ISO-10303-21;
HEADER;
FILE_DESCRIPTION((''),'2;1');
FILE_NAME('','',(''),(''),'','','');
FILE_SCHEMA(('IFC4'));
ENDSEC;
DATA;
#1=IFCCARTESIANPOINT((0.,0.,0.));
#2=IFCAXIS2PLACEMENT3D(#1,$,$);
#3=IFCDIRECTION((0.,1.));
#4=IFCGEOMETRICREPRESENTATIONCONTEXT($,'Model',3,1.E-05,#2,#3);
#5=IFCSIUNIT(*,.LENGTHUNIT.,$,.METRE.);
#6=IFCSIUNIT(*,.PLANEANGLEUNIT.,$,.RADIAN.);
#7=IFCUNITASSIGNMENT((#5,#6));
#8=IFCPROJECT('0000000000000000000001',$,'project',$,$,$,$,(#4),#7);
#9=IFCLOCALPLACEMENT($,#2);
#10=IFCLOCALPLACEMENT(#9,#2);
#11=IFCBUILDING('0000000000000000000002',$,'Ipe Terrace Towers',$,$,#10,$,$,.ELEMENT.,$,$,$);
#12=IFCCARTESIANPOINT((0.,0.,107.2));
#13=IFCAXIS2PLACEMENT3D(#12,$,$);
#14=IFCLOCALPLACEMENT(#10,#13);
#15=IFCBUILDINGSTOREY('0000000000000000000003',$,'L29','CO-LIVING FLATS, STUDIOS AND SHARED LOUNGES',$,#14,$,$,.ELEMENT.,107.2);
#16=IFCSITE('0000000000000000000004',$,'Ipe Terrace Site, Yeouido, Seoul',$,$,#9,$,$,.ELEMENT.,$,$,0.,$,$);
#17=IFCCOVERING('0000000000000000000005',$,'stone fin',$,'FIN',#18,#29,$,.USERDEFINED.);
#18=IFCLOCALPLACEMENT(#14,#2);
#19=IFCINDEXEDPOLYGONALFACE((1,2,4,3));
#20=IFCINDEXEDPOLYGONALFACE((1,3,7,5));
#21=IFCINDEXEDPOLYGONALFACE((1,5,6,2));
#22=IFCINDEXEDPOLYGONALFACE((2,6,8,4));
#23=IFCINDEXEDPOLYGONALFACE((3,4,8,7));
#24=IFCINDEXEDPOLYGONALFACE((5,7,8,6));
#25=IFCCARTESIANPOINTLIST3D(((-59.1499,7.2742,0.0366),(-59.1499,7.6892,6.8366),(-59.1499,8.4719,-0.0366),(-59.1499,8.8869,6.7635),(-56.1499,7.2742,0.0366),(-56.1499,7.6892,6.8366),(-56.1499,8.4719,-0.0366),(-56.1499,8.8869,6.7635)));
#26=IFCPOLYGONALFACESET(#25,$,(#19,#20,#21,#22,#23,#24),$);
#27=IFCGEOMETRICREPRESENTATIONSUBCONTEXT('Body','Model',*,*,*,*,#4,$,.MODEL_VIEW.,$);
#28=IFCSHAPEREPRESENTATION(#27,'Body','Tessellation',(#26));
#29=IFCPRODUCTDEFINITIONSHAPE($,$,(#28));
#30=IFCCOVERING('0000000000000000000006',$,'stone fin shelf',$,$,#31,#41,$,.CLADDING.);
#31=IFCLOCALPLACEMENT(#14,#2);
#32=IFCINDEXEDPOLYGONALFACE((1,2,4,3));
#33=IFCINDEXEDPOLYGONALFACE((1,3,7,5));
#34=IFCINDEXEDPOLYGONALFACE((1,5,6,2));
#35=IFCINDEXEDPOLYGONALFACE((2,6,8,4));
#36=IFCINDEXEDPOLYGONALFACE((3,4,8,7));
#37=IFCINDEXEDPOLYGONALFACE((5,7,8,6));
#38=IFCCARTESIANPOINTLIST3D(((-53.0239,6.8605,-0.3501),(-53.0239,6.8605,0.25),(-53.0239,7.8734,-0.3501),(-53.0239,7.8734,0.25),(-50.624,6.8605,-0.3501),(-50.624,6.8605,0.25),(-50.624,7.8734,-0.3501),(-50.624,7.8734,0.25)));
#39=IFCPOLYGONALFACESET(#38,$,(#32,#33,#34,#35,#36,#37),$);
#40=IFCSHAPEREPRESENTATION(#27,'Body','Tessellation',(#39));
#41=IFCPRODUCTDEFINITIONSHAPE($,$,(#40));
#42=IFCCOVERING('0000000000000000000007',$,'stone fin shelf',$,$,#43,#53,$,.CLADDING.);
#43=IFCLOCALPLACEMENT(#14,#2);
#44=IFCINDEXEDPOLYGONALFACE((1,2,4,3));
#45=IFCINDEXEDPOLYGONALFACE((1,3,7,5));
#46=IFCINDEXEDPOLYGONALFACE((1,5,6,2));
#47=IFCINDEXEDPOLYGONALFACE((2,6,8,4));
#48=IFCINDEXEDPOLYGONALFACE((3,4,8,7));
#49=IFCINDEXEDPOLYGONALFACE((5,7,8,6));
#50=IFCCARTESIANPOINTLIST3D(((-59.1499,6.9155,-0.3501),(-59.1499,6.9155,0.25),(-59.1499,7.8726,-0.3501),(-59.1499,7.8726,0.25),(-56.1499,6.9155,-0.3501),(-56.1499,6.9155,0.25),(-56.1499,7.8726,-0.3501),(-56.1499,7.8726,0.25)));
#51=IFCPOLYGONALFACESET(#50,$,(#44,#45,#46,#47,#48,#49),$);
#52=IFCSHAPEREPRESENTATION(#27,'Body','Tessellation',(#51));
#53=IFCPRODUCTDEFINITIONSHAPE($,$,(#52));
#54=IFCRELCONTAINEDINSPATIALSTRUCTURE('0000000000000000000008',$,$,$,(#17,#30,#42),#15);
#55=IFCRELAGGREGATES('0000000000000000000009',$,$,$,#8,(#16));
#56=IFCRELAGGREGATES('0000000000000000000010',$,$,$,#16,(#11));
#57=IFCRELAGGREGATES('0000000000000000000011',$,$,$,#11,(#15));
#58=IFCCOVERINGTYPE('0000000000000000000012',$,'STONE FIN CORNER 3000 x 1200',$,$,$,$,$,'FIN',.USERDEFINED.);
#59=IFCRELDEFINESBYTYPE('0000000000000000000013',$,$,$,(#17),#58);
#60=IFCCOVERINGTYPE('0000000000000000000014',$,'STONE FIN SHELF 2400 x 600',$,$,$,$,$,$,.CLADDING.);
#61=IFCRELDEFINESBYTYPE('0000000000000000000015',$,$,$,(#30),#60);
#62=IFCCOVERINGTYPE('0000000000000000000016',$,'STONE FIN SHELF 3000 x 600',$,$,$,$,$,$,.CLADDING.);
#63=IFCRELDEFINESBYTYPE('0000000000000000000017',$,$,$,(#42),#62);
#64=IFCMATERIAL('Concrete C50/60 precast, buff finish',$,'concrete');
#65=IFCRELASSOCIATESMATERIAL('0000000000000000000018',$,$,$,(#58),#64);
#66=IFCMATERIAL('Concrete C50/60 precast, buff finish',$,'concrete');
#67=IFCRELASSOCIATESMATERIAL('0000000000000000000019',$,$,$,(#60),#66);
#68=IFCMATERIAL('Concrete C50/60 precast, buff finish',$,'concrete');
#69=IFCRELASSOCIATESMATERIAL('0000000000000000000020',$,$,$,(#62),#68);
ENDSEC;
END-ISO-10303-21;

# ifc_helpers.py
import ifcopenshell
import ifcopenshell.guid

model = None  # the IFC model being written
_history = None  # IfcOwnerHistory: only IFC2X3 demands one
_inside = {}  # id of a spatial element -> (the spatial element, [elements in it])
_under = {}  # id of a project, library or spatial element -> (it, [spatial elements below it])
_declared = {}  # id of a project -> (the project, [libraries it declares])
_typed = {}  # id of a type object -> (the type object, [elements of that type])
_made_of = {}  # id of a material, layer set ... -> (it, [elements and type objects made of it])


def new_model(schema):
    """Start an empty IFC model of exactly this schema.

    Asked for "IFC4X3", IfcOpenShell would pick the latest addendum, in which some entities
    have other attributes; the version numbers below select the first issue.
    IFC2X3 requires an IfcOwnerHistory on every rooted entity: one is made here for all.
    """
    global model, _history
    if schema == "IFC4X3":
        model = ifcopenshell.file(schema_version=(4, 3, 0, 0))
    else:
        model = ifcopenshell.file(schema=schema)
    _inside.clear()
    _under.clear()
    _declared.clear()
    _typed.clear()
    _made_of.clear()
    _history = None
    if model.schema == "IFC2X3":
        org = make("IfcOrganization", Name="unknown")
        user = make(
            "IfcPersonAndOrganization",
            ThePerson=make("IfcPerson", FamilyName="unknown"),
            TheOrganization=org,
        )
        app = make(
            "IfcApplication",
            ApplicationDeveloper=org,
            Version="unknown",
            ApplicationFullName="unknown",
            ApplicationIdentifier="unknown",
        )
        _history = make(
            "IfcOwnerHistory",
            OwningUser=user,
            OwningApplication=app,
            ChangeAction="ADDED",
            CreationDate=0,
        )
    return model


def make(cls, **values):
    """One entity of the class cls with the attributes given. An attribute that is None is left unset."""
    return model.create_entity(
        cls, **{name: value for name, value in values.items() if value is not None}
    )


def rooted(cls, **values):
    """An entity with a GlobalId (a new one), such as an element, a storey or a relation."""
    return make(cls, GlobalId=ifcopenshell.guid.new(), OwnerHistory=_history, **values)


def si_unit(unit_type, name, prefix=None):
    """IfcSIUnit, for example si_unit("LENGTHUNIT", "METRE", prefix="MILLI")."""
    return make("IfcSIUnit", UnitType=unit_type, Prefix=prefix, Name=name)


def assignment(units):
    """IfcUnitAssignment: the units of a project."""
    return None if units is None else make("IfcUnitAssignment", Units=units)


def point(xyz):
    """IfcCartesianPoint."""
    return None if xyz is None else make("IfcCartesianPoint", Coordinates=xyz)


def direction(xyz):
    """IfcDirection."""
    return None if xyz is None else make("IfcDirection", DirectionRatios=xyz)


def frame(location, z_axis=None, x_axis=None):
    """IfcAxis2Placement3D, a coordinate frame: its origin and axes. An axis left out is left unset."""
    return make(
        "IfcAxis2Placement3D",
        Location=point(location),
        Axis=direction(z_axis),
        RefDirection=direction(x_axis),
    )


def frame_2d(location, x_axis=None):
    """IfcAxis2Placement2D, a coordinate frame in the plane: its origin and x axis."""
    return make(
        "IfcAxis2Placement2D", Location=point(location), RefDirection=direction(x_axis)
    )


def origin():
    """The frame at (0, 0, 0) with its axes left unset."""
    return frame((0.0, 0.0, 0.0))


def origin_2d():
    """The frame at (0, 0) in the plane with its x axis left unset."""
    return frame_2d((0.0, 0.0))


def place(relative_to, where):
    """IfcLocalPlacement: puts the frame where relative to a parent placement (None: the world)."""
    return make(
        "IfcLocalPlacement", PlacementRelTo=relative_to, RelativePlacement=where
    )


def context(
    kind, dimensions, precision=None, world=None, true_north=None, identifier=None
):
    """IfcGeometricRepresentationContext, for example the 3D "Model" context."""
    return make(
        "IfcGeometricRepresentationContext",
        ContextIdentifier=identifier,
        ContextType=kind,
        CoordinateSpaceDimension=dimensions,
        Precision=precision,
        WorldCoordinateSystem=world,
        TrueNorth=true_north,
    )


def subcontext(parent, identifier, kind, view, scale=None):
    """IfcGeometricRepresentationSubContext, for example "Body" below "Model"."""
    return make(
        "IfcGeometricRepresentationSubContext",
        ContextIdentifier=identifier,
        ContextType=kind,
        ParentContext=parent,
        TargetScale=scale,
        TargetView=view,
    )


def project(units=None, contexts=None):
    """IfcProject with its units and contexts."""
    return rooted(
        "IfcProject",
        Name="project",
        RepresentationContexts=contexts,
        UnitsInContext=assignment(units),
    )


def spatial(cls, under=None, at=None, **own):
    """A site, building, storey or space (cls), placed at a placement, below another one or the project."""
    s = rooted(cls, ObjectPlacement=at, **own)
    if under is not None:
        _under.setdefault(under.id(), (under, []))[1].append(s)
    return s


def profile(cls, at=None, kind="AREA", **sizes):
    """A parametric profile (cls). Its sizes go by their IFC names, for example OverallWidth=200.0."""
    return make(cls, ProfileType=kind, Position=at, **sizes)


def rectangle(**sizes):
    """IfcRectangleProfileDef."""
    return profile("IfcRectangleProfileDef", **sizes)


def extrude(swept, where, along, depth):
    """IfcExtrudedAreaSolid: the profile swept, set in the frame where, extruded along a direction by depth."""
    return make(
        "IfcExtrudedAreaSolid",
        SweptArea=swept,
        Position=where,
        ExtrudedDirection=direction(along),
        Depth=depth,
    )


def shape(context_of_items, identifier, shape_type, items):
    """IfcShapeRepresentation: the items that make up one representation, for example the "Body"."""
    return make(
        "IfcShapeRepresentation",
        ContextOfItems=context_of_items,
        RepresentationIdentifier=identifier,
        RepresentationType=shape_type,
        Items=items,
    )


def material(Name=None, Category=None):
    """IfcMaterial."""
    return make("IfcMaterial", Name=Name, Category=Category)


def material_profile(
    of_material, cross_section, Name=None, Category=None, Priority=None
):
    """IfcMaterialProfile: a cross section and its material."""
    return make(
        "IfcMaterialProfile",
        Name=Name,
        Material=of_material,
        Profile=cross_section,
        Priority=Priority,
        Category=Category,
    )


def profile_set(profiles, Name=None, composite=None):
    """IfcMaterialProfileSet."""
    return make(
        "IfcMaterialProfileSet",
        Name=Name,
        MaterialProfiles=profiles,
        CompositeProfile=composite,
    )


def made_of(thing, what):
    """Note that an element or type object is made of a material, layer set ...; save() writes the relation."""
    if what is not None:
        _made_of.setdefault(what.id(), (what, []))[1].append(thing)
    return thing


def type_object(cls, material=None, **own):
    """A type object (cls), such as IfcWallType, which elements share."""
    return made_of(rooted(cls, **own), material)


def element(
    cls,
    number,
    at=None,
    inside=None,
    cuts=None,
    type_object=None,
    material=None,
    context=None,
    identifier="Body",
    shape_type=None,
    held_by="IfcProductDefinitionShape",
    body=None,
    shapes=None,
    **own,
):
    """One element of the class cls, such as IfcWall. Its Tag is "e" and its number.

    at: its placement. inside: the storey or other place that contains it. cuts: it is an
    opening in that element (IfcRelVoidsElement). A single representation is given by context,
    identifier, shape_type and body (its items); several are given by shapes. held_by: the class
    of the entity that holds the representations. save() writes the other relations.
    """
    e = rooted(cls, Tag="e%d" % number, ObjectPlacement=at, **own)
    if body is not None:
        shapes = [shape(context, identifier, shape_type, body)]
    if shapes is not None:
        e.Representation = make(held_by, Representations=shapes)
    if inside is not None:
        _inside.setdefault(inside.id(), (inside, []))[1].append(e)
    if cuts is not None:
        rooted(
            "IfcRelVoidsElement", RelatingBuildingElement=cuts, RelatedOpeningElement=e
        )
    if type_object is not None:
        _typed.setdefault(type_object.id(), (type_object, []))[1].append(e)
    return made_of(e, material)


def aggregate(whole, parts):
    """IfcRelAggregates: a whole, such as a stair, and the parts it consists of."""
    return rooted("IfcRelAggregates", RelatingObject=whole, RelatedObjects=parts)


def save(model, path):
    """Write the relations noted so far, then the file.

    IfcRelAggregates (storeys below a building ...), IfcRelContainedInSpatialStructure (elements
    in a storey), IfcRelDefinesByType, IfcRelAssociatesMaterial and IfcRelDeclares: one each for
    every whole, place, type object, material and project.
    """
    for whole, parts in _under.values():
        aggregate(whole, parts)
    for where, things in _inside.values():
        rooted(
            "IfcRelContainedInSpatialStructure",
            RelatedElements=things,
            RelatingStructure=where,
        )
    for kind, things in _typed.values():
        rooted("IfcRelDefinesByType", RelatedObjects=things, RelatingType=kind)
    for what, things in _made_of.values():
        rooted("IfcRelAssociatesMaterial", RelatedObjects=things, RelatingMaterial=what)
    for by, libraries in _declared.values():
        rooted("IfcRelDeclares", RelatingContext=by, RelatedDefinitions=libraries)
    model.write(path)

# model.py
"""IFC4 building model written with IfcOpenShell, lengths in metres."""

from ifc_helpers import new_model, si_unit, direction, frame, origin, origin_2d, place, context, subcontext, project, spatial, rectangle, extrude, material, material_profile, profile_set, type_object, element, save


model = new_model("IFC4")

# Units and contexts
model_context = context("Model", 3, precision=1e-05, world=origin(), true_north=direction((0.0, 1.0)))
body_context = subcontext(model_context, "Body", "Model", "MODEL_VIEW")
ifc_project = project(units=[si_unit("LENGTHUNIT", "METRE"), si_unit("PLANEANGLEUNIT", "RADIAN")], contexts=[model_context])

# Site, building, storey
site_placement = place(None, origin())
site = spatial("IfcSite", under=ifc_project, at=site_placement, Name="Ipe Terrace Site, Yeouido, Seoul", CompositionType="ELEMENT", RefElevation=0.0)
building_placement = place(site_placement, origin())
building = spatial("IfcBuilding", under=site, at=building_placement, Name="Ipe Terrace Towers", CompositionType="ELEMENT")
storey_placement = place(building_placement, frame((0.0, 0.0, 107.2)))
storey = spatial("IfcBuildingStorey", under=building, at=storey_placement, Name="L29", Description="CO-LIVING FLATS, STUDIOS AND SHARED LOUNGES", CompositionType="ELEMENT", Elevation=107.2)

# Coverings
ifc_material_1 = material(Name="Concrete C50/60 precast, buff finish", Category="concrete")
ifc_material_profile_1 = material_profile(ifc_material_1, rectangle(XDim=3.0, YDim=1.2, at=origin_2d()), Name="STONE FIN CORNER 3000 x 1200")
ifc_profile_set_1 = profile_set([ifc_material_profile_1], Name="Concrete C50/60 precast, buff finish")
covering_type_1 = type_object("IfcCoveringType", Name="STONE FIN CORNER 3000 x 1200", ElementType="FIN", PredefinedType="USERDEFINED", material=ifc_profile_set_1)
covering_1_placement = place(storey_placement, frame((-57.6499, 7.873, 0.0), z_axis=(0.0, 0.060921, 0.998143), x_axis=(-1.0, 0.0, 0.0)))
element("IfcCovering", 1, at=covering_1_placement, inside=storey, type_object=covering_type_1, Name="stone fin", ObjectType="FIN", PredefinedType="USERDEFINED", context=body_context, shape_type="SweptSolid", body=[
    extrude(rectangle(XDim=3.0, YDim=1.2, at=origin_2d()), origin(), (0.0, 0.0, 1.0), 6.8127),
])
ifc_material_2 = material(Name="Concrete C50/60 precast, buff finish", Category="concrete")
covering_type_2 = type_object("IfcCoveringType", Name="STONE FIN SHELF 2400 x 600", PredefinedType="CLADDING", material=ifc_material_2)
covering_2_placement = place(storey_placement, frame((-51.824, 7.3669, -0.3501), z_axis=(0.0, 0.0, 1.0), x_axis=(-1.0, 0.0, 0.0)))
element("IfcCovering", 2, at=covering_2_placement, inside=storey, type_object=covering_type_2, Name="stone fin shelf", PredefinedType="CLADDING", context=body_context, shape_type="SweptSolid", body=[
    extrude(rectangle(XDim=2.3999, YDim=1.0129, at=origin_2d()), origin(), (0.0, 0.0, 1.0), 0.6001),
])
ifc_material_3 = material(Name="Concrete C50/60 precast, buff finish", Category="concrete")
covering_type_3 = type_object("IfcCoveringType", Name="STONE FIN SHELF 3000 x 600", PredefinedType="CLADDING", material=ifc_material_3)
covering_3_placement = place(storey_placement, frame((-57.6499, 7.394, -0.3501), z_axis=(0.0, 0.0, 1.0), x_axis=(-1.0, 0.0, 0.0)))
element("IfcCovering", 3, at=covering_3_placement, inside=storey, type_object=covering_type_3, Name="stone fin shelf", PredefinedType="CLADDING", context=body_context, shape_type="SweptSolid", body=[
    extrude(rectangle(XDim=3.0, YDim=0.957, at=origin_2d()), origin(), (0.0, 0.0, 1.0), 0.6001),
])

save(model, "model.ifc")
